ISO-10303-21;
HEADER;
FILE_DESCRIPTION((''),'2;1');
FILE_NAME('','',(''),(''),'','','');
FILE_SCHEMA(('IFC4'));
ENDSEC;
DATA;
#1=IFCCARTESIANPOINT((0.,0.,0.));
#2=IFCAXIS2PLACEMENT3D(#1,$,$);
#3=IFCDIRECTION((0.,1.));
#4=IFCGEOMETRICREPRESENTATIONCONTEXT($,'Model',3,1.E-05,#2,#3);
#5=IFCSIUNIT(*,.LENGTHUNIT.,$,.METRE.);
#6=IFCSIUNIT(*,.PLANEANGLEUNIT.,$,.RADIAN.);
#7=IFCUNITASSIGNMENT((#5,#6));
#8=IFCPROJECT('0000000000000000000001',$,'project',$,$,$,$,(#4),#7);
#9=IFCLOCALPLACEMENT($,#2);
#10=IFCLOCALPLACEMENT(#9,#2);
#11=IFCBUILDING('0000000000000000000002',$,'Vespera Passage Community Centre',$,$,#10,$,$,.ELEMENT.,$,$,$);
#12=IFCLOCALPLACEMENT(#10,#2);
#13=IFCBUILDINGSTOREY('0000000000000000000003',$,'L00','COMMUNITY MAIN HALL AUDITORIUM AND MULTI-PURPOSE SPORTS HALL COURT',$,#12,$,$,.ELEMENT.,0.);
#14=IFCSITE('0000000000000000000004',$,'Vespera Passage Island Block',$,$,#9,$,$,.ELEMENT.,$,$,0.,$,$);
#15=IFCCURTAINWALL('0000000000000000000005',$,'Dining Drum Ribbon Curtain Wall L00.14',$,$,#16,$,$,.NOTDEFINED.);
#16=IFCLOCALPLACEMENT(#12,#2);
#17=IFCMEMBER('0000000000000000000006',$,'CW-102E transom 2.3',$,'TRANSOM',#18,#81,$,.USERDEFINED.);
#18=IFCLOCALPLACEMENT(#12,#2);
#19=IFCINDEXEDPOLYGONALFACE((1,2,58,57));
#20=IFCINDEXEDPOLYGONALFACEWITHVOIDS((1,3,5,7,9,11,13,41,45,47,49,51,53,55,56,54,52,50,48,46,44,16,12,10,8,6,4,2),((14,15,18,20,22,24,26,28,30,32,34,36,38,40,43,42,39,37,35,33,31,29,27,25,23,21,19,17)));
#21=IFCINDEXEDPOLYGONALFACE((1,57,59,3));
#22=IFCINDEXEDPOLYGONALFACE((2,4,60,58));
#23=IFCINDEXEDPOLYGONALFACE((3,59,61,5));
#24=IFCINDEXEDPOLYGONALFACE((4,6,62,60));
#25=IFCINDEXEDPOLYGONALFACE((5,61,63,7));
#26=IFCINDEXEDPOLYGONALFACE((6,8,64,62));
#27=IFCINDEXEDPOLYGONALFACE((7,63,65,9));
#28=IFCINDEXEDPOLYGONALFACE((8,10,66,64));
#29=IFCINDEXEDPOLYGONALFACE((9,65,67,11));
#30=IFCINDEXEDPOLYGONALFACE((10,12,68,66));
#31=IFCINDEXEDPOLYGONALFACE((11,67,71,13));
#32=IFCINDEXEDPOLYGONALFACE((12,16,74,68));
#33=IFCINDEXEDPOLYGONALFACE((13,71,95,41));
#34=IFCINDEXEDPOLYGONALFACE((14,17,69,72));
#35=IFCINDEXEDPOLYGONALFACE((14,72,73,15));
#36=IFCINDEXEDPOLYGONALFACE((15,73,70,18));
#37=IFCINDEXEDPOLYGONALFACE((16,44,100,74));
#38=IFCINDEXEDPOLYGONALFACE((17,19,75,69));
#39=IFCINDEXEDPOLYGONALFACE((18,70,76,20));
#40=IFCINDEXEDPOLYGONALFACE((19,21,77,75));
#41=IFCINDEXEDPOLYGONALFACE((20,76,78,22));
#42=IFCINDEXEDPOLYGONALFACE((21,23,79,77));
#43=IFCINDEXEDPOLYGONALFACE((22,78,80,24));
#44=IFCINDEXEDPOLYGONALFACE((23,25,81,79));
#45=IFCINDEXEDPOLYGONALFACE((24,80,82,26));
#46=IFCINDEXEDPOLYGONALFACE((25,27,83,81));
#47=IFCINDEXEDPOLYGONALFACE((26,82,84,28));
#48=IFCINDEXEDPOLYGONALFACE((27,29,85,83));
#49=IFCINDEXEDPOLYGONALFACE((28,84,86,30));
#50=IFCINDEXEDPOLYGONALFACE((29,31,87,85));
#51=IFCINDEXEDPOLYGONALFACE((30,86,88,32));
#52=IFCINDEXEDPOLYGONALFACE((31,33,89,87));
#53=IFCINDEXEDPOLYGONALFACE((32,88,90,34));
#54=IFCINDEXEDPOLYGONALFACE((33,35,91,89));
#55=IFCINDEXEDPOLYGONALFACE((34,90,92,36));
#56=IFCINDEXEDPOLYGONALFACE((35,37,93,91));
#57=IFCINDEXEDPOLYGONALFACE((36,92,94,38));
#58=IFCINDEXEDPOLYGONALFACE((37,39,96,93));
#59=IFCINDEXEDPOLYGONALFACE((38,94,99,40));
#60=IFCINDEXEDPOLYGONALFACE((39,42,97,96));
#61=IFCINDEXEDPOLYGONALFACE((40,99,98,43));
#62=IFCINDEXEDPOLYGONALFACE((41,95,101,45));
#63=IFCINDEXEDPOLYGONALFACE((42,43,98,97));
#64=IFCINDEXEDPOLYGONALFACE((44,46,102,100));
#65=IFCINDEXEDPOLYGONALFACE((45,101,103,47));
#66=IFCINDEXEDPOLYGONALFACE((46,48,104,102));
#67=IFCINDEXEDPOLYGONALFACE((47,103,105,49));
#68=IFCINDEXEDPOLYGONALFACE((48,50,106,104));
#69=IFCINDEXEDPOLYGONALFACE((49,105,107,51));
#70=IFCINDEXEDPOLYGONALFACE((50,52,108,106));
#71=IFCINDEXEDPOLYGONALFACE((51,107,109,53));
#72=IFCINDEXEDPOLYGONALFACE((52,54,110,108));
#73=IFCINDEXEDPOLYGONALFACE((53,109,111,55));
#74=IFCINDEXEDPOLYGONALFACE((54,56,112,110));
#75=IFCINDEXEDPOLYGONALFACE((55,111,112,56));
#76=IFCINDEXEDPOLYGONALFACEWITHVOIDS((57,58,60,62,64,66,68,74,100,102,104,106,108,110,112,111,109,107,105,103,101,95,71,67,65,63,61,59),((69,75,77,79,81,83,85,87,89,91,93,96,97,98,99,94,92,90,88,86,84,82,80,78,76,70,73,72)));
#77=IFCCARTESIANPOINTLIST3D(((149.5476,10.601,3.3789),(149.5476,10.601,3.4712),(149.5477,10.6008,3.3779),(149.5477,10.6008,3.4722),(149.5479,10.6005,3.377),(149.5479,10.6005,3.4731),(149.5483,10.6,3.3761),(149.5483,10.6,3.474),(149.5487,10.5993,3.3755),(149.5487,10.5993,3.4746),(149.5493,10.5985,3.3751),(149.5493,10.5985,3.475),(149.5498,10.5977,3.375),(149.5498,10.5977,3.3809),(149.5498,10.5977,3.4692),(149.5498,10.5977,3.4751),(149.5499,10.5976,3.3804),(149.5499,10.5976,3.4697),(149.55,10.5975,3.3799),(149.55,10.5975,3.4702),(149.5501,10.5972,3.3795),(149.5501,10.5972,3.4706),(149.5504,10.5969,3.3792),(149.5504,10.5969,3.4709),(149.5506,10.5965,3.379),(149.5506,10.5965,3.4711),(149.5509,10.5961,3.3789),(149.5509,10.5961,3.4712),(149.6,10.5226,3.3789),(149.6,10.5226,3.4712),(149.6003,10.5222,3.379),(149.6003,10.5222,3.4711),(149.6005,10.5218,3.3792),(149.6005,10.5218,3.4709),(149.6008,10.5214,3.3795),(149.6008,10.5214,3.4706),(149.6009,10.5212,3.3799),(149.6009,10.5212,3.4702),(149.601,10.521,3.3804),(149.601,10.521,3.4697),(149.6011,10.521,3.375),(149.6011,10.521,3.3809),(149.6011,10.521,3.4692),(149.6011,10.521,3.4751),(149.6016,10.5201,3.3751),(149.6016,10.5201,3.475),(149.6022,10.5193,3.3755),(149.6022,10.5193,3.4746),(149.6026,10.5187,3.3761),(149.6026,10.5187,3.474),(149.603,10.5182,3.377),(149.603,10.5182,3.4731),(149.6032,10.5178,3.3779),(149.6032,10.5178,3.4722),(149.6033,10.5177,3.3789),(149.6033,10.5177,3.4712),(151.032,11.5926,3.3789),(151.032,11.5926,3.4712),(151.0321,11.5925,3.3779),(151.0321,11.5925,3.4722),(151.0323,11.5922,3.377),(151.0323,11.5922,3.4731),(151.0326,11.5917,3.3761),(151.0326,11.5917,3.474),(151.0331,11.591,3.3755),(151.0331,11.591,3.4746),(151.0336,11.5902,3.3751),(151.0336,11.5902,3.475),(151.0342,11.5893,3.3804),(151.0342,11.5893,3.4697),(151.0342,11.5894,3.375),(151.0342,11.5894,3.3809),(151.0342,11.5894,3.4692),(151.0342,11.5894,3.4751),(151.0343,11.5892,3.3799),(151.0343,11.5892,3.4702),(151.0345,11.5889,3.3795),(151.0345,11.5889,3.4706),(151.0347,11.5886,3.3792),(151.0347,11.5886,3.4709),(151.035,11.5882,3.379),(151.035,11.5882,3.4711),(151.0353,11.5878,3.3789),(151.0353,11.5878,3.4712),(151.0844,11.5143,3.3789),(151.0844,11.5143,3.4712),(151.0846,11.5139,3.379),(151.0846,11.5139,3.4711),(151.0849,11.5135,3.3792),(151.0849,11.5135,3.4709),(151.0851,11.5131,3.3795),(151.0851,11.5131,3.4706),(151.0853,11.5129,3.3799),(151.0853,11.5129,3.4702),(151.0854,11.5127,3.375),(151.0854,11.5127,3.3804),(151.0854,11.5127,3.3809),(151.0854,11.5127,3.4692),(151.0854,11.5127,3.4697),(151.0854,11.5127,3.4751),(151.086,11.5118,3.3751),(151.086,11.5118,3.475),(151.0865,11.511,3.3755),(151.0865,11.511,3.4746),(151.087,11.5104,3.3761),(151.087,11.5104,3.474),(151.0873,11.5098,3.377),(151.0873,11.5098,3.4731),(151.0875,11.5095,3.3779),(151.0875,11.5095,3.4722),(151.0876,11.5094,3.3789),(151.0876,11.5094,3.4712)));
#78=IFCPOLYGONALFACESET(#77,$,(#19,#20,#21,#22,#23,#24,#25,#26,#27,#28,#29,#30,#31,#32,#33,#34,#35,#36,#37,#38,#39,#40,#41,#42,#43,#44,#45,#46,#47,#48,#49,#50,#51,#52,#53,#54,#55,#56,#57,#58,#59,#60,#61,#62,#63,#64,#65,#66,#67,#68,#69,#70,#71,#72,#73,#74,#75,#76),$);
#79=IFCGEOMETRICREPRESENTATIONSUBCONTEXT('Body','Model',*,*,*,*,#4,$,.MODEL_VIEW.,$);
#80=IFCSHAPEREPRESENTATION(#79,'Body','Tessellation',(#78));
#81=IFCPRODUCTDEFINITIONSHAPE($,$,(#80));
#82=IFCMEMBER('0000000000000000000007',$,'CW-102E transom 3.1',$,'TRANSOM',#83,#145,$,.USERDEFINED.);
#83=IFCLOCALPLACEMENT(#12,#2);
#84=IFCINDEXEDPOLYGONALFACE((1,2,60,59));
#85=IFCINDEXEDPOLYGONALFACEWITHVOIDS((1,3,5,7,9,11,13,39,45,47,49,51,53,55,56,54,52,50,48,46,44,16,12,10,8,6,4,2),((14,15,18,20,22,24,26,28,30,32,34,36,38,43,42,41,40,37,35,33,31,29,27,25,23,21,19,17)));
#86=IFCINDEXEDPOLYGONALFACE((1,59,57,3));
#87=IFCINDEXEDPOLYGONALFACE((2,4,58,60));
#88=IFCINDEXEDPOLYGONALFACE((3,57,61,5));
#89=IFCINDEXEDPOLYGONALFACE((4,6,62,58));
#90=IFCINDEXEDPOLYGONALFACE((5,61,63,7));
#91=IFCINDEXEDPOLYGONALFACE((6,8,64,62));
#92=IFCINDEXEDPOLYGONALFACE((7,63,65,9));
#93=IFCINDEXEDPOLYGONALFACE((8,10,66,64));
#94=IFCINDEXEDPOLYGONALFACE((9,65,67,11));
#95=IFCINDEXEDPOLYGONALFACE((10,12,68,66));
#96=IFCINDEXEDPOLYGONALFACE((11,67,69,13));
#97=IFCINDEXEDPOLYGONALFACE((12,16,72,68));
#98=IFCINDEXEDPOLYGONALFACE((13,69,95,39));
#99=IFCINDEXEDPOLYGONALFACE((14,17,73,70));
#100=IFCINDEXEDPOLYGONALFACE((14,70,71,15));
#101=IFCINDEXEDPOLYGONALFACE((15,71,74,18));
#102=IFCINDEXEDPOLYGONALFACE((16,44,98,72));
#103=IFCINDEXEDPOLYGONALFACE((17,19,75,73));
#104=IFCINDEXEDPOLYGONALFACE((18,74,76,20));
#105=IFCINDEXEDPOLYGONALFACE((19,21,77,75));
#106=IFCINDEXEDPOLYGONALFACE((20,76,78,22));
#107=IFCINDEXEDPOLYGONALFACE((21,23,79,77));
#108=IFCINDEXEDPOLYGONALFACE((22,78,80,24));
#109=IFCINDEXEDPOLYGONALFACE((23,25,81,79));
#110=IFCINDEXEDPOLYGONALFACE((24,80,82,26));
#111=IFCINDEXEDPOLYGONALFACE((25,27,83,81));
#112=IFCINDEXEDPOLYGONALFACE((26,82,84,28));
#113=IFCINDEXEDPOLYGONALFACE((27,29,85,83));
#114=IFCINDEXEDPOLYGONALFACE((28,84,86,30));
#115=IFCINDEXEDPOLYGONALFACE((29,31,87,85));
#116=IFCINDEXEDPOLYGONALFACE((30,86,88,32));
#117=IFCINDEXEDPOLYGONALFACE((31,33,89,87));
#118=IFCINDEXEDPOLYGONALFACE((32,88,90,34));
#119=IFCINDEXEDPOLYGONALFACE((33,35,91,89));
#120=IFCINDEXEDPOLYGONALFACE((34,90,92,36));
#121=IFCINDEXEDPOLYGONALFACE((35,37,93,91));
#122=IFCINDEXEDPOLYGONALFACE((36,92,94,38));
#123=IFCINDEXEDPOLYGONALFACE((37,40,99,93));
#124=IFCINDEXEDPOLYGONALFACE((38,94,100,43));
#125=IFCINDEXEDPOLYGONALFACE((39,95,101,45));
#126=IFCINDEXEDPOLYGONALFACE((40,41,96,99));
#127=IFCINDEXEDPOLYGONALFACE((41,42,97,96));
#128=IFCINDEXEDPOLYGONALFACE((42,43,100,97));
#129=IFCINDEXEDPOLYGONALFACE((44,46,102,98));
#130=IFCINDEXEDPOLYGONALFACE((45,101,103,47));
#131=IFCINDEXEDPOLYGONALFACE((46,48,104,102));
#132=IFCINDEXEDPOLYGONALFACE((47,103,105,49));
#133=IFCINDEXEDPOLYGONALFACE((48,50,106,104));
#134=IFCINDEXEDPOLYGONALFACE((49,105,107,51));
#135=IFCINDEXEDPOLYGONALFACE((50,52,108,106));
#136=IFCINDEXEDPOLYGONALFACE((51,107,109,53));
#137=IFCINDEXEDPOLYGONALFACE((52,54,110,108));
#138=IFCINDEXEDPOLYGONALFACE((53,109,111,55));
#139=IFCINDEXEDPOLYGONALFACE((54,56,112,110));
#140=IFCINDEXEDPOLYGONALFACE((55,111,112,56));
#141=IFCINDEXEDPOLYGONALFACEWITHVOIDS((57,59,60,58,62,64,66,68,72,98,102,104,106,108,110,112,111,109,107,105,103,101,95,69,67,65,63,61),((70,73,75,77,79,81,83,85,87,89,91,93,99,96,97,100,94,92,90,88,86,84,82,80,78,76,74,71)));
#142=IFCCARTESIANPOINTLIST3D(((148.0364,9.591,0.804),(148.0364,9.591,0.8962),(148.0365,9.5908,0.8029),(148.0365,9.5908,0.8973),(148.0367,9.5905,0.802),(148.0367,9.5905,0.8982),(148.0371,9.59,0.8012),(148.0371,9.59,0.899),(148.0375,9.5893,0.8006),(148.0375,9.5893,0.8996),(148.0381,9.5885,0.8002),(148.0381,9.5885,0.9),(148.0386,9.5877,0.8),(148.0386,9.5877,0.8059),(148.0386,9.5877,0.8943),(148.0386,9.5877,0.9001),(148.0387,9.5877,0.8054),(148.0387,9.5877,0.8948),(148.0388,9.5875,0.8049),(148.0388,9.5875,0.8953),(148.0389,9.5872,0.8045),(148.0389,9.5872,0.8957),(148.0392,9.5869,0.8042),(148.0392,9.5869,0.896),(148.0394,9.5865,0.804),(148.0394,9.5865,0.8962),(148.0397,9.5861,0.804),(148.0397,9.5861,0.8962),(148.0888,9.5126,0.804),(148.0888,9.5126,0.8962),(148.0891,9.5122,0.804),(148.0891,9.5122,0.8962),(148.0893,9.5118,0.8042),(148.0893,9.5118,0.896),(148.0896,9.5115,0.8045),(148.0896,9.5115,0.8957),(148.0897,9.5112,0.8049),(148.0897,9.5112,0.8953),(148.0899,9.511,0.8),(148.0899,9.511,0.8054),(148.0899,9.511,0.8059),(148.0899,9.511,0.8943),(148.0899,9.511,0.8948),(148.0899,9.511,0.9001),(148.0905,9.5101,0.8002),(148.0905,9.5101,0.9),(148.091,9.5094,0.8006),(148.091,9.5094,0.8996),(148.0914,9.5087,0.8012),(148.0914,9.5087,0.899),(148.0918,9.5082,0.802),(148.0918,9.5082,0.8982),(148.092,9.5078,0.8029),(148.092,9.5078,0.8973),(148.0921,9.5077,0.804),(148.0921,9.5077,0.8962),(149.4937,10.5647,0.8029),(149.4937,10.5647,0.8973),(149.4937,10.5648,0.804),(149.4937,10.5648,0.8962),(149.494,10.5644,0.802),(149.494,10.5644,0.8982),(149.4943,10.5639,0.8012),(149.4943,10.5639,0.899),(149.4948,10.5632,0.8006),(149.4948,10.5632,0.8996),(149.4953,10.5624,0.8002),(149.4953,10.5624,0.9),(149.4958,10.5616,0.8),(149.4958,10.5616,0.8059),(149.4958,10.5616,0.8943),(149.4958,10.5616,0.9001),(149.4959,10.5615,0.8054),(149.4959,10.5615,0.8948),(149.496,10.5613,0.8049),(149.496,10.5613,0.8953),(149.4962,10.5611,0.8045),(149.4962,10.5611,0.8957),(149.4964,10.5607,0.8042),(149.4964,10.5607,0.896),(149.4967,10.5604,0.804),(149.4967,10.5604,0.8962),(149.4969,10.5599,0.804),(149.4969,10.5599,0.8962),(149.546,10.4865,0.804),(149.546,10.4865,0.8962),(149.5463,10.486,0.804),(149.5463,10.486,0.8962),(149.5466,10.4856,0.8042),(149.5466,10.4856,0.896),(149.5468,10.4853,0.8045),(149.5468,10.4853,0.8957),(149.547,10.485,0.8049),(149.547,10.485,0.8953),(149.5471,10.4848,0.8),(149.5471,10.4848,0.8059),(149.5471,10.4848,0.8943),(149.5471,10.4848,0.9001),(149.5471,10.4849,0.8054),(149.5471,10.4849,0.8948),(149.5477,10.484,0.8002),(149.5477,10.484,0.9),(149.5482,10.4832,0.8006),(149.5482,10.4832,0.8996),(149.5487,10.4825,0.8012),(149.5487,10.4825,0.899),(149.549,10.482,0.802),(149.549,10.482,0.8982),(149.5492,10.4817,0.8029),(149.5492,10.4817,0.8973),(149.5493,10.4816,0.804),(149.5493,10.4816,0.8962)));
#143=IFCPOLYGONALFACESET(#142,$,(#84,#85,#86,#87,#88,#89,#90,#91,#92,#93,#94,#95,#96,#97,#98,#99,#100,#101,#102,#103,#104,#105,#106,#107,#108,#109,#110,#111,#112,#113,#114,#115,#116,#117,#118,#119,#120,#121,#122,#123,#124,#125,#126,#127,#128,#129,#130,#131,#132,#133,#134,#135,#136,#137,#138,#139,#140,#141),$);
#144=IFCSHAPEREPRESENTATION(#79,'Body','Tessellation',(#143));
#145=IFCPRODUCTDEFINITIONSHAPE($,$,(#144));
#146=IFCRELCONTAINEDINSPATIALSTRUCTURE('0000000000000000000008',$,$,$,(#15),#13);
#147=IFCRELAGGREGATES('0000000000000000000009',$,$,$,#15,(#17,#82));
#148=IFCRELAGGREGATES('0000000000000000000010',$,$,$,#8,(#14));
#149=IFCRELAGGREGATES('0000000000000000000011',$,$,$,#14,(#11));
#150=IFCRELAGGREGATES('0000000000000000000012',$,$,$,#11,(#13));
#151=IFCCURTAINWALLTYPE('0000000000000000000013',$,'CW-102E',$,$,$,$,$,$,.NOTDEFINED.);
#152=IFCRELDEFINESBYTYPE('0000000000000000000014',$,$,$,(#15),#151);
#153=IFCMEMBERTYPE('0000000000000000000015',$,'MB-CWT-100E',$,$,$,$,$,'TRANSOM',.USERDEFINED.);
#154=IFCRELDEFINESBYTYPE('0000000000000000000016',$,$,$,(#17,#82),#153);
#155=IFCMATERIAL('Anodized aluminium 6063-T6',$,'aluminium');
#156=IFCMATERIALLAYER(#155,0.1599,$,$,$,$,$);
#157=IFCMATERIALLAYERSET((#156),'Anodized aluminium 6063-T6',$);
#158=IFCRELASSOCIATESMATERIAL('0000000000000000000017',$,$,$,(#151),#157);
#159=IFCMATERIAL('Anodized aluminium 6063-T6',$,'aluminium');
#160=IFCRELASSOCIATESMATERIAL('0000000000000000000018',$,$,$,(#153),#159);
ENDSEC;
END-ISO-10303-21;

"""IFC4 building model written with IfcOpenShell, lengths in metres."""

from ifc_helpers import new_model, si_unit, direction, frame, origin, origin_2d, place, context, subcontext, project, spatial, hollow_rectangle, extrude, material, layer, layer_set, material_profile, profile_set, type_object, element, aggregate, save


model = new_model("IFC4")

# Units and contexts
model_context = context("Model", 3, precision=1e-05, world=origin(), true_north=direction((0.0, 1.0)))
body_context = subcontext(model_context, "Body", "Model", "MODEL_VIEW")
ifc_project = project(units=[si_unit("LENGTHUNIT", "METRE"), si_unit("PLANEANGLEUNIT", "RADIAN")], contexts=[model_context])

# Site, building, storey
site_placement = place(None, origin())
site = spatial("IfcSite", under=ifc_project, at=site_placement, Name="Vespera Passage Island Block", CompositionType="ELEMENT", RefElevation=0.0)
building_placement = place(site_placement, origin())
building = spatial("IfcBuilding", under=site, at=building_placement, Name="Vespera Passage Community Centre", CompositionType="ELEMENT")
storey_placement = place(building_placement, origin())
storey = spatial("IfcBuildingStorey", under=building, at=storey_placement, Name="L00", Description="COMMUNITY MAIN HALL AUDITORIUM AND MULTI-PURPOSE SPORTS HALL COURT", CompositionType="ELEMENT", Elevation=0.0)

# Curtain wall, members
ifc_material_1 = material(Name="Anodized aluminium 6063-T6", Category="aluminium")
ifc_layer_1 = layer(ifc_material_1, 0.1599)
ifc_layer_set_1 = layer_set([ifc_layer_1], Name="Anodized aluminium 6063-T6")
curtain_wall_type = type_object("IfcCurtainWallType", Name="CW-102E", PredefinedType="NOTDEFINED", material=ifc_layer_set_1)
curtain_wall_placement = place(storey_placement, origin())
curtain_wall = element("IfcCurtainWall", 1, at=curtain_wall_placement, inside=storey, type_object=curtain_wall_type, Name="Dining Drum Ribbon Curtain Wall L00.14", PredefinedType="NOTDEFINED")
ifc_material_2 = material(Name="Anodized aluminium 6063-T6", Category="aluminium")
ifc_material_profile_1 = material_profile(ifc_material_2, hollow_rectangle(XDim=0.1001, YDim=0.1001, WallThickness=0.0039, InnerFilletRadius=0.002, OuterFilletRadius=0.0039, at=origin_2d()), Name="ALU100X100X4")
ifc_profile_set_1 = profile_set([ifc_material_profile_1], Name="Anodized aluminium 6063-T6")
member_type_1 = type_object("IfcMemberType", Name="MB-CWT-100E", ElementType="TRANSOM", PredefinedType="USERDEFINED", material=ifc_profile_set_1)
member_1_placement = place(storey_placement, frame((151.0598, 11.551, 3.425), z_axis=(-0.831503, -0.55552, 0.0), x_axis=(0.55552, -0.831503, 0.0)))
member_1 = element("IfcMember", 2, at=member_1_placement, type_object=member_type_1, Name="CW-102E transom 2.3", ObjectType="TRANSOM", PredefinedType="USERDEFINED", context=body_context, shape_type="SweptSolid", body=[
    extrude(hollow_rectangle(XDim=0.1001, YDim=0.1001, WallThickness=0.0039, InnerFilletRadius=0.002, OuterFilletRadius=0.0039, at=origin_2d()), origin(), (0.0, 0.0, 1.0), 1.7852),
])
member_2_placement = place(storey_placement, frame((149.5215, 10.5232, 0.8501), z_axis=(-0.831428, -0.555632, 0.0), x_axis=(0.555632, -0.831428, 0.0)))
member_2 = element("IfcMember", 3, at=member_2_placement, type_object=member_type_1, Name="CW-102E transom 3.1", ObjectType="TRANSOM", PredefinedType="USERDEFINED", context=body_context, shape_type="SweptSolid", body=[
    extrude(hollow_rectangle(XDim=0.1001, YDim=0.1001, WallThickness=0.0039, InnerFilletRadius=0.002, OuterFilletRadius=0.0039, at=origin_2d()), origin(), (0.0, 0.0, 1.0), 1.7527),
])
aggregate(curtain_wall, [member_1, member_2])

save(model, "model.ifc")
